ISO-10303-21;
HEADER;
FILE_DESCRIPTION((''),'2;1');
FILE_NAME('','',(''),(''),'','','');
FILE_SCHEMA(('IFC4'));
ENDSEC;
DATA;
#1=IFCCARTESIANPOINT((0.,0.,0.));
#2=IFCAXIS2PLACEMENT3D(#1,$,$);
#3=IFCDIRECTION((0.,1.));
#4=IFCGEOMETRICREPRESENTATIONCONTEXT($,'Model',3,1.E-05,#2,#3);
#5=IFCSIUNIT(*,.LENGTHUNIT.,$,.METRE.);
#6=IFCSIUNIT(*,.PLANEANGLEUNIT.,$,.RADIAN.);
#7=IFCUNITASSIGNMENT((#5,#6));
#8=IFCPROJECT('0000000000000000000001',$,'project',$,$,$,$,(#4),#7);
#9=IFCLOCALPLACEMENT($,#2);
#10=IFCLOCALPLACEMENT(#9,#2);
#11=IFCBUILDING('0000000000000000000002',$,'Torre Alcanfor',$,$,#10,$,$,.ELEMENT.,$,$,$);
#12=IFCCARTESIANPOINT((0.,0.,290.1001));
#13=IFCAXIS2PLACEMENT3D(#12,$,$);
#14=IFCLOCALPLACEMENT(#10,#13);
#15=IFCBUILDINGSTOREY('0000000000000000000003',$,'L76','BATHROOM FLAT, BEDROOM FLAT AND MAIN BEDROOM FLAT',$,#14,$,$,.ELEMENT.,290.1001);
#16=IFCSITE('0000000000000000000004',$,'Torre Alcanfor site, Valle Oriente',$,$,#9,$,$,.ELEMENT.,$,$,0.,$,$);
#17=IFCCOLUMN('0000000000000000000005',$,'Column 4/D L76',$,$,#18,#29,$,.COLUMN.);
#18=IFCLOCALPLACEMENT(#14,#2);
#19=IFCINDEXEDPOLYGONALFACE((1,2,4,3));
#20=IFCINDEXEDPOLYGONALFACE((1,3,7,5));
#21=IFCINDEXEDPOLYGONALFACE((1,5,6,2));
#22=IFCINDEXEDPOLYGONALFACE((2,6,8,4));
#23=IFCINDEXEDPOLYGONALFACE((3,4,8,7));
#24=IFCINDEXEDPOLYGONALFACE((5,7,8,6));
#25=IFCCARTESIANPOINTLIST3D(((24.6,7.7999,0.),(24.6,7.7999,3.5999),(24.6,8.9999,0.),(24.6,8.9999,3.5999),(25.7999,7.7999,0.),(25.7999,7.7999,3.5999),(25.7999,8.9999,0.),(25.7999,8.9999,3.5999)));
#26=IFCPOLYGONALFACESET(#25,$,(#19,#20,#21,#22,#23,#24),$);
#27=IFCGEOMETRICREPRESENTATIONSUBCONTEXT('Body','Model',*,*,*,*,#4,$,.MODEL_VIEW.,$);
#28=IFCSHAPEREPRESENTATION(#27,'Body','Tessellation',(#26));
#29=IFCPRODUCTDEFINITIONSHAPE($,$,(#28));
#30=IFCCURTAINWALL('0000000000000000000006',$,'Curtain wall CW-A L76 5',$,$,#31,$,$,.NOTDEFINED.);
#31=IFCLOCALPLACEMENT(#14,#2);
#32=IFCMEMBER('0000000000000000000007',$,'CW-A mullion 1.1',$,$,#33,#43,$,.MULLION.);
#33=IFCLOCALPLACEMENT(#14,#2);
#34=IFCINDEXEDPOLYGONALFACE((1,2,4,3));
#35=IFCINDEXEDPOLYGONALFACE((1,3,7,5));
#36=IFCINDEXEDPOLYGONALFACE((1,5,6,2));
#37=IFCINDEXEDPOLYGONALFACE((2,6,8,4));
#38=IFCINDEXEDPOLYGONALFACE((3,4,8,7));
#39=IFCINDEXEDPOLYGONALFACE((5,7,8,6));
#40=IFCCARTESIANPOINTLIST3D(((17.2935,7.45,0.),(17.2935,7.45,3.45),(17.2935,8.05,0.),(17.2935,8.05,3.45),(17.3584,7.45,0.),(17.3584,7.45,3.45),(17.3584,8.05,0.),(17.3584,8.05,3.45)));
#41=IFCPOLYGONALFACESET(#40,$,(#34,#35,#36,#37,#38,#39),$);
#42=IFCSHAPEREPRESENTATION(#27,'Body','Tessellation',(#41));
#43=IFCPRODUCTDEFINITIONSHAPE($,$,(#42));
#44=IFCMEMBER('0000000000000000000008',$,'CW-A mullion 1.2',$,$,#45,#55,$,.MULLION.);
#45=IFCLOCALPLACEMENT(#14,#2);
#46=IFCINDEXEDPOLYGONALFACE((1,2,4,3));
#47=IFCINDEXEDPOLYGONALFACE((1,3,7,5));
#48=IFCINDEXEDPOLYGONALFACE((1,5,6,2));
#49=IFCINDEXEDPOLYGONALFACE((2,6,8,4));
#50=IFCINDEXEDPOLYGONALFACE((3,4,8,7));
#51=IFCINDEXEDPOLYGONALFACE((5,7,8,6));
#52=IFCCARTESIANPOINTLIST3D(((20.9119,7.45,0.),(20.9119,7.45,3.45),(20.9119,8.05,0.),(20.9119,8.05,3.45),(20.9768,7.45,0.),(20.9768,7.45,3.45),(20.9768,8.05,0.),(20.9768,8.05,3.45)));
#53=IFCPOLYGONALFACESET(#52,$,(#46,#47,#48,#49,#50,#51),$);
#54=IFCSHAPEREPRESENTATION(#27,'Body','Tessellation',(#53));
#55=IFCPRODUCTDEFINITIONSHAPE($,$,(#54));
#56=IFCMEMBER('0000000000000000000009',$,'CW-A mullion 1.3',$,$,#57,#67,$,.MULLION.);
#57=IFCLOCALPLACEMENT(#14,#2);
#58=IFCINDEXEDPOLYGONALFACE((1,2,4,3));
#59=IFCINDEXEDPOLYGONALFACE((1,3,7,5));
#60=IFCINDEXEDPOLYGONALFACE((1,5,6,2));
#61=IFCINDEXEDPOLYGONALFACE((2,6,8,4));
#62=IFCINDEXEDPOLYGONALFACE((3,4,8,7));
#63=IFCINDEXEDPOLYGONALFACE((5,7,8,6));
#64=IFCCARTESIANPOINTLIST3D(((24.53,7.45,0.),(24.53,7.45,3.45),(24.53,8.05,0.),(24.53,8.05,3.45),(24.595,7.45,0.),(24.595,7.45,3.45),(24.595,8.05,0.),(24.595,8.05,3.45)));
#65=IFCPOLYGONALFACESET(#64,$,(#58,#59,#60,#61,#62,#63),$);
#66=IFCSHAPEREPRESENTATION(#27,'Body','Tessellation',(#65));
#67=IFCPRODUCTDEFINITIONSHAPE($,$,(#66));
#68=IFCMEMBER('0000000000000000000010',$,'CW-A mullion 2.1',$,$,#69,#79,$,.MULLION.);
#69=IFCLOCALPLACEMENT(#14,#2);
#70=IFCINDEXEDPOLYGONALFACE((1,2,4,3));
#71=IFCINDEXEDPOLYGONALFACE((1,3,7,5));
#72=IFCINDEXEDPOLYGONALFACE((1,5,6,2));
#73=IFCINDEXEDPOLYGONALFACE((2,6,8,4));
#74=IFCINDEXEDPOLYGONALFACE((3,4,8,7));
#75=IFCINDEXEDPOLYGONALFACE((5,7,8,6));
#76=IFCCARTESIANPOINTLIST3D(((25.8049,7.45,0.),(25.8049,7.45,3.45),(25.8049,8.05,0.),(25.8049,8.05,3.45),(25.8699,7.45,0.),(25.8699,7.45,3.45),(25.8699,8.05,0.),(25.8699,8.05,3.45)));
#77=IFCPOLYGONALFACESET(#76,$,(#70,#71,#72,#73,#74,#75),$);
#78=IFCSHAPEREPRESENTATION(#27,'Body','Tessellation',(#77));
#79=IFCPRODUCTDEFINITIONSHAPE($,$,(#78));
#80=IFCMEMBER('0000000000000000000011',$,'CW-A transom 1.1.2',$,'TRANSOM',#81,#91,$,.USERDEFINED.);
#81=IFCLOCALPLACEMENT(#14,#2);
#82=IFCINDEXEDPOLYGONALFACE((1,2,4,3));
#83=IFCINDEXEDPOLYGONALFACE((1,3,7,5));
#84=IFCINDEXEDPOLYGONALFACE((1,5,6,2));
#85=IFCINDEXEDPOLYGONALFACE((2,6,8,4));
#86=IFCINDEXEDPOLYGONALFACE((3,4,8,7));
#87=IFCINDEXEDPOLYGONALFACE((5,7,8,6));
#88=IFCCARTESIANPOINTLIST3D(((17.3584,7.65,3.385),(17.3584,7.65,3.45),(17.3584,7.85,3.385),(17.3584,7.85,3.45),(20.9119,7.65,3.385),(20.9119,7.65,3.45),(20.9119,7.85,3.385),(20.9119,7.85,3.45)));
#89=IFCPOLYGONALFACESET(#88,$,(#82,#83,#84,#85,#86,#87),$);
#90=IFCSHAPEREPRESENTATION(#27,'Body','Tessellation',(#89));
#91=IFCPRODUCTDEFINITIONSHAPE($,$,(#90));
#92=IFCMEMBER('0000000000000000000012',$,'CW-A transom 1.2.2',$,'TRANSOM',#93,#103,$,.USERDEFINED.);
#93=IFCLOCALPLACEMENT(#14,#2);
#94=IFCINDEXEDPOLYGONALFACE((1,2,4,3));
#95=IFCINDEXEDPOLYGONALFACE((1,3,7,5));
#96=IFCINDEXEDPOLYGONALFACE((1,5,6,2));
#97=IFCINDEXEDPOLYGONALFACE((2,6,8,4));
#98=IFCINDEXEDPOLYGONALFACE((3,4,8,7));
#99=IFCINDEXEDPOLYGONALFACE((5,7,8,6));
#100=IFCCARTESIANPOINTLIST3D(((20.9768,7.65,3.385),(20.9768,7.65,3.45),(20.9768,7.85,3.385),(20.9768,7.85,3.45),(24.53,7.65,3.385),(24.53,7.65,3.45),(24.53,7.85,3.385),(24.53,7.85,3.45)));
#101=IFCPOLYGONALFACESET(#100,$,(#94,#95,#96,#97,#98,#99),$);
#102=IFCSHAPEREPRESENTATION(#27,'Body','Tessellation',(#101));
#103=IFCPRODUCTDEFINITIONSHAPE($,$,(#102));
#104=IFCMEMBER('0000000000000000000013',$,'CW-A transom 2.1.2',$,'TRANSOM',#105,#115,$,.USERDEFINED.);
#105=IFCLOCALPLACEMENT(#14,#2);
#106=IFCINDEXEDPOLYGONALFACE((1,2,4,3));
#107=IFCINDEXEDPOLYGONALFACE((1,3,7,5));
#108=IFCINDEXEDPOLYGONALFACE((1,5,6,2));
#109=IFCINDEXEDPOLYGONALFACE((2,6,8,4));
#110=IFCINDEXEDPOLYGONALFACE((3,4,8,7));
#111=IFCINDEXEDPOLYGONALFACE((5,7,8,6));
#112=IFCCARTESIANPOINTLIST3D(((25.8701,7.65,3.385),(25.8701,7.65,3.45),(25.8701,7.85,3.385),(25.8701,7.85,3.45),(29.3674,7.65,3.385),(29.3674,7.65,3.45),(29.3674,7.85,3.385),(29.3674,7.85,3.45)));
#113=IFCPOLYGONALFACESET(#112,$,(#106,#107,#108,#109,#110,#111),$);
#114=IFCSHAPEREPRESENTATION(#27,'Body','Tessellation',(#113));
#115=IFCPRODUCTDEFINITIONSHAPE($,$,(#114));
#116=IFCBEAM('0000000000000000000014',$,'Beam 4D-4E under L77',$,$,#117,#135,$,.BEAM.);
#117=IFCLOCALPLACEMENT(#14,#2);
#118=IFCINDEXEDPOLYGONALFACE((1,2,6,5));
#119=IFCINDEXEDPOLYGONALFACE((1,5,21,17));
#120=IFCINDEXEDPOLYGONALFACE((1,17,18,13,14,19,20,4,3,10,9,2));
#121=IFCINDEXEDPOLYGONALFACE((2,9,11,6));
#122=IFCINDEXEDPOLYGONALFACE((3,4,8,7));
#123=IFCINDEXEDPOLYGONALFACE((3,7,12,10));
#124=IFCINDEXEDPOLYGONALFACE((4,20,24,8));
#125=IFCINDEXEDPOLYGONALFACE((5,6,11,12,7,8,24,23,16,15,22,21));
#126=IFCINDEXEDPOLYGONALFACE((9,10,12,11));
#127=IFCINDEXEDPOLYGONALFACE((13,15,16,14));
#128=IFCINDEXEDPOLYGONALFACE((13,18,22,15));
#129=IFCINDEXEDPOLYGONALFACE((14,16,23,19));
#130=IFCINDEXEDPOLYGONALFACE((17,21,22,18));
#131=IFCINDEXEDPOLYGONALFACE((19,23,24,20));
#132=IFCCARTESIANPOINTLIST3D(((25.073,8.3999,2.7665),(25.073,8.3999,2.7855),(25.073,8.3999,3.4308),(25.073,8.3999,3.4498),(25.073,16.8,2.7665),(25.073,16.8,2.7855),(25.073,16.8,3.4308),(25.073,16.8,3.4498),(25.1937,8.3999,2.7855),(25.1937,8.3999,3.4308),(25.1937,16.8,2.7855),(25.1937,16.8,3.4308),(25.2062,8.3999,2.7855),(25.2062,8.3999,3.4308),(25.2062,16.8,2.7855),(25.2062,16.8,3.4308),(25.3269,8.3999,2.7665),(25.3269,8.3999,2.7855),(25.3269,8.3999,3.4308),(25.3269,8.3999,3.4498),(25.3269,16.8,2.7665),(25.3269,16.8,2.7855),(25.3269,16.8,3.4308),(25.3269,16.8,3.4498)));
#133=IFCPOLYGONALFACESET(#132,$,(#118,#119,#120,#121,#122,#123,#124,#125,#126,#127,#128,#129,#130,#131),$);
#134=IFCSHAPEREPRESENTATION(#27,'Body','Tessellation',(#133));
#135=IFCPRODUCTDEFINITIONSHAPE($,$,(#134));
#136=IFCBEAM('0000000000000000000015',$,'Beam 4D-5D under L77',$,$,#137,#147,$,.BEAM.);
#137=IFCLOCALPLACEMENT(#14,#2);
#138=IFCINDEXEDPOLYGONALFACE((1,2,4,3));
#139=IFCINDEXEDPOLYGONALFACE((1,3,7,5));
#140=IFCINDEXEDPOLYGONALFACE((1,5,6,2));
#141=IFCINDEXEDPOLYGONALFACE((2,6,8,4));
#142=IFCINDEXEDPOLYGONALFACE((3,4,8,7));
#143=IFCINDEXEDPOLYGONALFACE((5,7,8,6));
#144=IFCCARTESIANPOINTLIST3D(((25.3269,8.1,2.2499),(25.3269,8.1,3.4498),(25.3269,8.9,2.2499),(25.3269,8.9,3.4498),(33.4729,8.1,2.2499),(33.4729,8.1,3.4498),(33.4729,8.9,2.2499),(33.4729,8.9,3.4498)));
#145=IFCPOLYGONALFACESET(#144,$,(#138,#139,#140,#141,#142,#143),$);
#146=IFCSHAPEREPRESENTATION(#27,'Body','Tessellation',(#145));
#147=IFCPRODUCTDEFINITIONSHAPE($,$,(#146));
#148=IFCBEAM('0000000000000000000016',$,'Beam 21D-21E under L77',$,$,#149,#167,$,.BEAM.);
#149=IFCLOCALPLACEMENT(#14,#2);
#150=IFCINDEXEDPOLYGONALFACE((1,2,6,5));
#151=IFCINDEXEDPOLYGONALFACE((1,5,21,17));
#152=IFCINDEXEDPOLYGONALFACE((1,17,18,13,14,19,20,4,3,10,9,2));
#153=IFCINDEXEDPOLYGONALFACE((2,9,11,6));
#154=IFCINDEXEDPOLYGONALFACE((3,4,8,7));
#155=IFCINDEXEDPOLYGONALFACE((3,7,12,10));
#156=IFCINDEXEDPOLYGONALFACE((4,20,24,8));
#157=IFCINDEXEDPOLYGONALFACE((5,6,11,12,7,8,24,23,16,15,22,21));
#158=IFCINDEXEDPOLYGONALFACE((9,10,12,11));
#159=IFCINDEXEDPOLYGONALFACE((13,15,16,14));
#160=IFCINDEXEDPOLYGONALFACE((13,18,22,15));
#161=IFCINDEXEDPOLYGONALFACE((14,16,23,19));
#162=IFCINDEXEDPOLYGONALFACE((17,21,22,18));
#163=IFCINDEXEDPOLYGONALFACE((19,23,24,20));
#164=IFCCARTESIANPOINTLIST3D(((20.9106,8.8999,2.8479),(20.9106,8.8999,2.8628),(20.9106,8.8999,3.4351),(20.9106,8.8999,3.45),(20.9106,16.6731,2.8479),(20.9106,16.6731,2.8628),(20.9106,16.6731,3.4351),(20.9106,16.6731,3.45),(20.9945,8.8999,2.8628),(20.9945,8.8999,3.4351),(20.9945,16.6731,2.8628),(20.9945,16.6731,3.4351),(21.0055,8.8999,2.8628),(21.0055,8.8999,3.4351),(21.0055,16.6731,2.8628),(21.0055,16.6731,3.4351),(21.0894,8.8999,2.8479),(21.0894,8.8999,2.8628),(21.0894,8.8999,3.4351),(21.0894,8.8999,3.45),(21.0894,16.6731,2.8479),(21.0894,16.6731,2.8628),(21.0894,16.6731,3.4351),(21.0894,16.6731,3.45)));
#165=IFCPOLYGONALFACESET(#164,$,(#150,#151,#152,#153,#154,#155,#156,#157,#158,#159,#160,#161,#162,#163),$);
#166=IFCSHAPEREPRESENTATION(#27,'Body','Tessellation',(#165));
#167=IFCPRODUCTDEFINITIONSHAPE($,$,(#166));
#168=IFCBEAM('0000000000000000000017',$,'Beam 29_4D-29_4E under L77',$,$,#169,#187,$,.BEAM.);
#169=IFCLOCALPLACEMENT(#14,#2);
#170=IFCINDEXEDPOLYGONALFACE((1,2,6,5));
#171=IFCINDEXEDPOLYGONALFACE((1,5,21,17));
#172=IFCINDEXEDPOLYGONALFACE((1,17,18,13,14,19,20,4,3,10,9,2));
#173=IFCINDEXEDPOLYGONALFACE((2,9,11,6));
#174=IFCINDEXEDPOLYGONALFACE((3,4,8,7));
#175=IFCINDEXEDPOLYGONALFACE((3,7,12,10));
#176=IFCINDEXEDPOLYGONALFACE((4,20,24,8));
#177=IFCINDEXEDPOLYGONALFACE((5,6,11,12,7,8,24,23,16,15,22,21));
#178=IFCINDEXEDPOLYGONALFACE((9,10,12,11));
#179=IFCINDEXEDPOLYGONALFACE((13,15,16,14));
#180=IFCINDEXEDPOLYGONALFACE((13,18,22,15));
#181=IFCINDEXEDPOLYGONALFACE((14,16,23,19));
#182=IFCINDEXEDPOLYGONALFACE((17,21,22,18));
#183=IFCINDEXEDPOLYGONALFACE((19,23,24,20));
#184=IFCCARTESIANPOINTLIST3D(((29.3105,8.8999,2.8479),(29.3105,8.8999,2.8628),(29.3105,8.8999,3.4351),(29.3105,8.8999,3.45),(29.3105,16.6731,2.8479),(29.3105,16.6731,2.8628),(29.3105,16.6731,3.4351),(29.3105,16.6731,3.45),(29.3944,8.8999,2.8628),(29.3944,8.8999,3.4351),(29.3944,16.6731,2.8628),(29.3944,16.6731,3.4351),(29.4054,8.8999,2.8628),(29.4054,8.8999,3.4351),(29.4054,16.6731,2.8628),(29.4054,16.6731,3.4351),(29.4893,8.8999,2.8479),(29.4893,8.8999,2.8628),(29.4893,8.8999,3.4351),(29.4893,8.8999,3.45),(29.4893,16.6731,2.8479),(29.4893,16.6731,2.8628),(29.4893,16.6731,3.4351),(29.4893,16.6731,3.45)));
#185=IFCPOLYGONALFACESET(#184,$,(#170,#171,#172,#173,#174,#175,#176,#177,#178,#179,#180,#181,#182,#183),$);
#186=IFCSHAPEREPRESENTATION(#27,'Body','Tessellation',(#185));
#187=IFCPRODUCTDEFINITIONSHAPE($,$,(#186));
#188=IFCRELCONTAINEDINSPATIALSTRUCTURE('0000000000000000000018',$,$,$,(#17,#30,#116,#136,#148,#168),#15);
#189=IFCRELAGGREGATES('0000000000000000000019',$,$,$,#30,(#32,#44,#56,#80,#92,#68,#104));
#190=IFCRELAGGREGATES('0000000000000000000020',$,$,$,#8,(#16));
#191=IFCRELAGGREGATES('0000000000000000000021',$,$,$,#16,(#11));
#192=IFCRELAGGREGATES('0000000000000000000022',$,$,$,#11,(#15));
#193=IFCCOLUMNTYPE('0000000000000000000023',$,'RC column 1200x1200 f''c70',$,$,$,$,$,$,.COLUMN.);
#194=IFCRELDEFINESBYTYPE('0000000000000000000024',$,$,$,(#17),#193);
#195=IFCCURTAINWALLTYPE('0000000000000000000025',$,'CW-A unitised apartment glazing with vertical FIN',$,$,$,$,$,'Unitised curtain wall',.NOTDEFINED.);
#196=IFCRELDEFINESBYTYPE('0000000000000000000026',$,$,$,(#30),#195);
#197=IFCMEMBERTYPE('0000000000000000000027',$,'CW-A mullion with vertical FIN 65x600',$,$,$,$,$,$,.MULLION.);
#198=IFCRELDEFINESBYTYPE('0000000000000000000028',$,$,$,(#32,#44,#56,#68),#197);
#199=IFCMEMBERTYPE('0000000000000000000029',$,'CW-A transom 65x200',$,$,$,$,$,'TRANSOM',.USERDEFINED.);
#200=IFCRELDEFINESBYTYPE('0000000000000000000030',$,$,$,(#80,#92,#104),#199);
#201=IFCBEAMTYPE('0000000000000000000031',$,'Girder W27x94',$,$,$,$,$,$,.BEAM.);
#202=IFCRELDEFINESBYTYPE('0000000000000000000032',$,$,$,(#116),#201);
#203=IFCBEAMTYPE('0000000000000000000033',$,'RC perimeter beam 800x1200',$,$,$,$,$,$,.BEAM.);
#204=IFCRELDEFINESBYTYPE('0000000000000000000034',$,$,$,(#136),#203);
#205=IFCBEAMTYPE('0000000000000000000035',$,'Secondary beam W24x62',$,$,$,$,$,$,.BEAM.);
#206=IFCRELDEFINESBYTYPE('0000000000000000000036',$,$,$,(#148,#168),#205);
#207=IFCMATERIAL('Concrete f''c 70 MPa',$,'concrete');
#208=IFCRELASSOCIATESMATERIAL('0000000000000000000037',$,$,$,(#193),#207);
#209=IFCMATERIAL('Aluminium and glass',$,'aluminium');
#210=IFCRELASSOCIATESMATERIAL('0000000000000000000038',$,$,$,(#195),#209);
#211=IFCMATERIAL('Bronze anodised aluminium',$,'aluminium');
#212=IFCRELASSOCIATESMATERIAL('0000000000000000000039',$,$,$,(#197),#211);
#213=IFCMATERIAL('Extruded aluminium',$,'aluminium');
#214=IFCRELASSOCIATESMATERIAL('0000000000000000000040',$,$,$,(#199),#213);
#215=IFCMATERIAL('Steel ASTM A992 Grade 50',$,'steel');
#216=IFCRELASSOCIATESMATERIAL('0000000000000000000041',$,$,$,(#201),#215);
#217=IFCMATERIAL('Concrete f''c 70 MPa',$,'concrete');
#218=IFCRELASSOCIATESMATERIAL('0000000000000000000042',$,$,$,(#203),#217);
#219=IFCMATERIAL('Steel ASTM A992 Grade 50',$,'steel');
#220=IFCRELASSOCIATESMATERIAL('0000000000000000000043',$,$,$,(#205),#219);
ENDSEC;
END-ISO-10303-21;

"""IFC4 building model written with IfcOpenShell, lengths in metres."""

from ifc_helpers import new_model, si_unit, direction, frame, origin, origin_2d, place, context, subcontext, project, spatial, rectangle, i_section, extrude, material, material_profile, profile_set, type_object, element, aggregate, save


model = new_model("IFC4")

# Units and contexts
model_context = context("Model", 3, precision=1e-05, world=origin(), true_north=direction((0.0, 1.0)))
body_context = subcontext(model_context, "Body", "Model", "MODEL_VIEW")
ifc_project = project(units=[si_unit("LENGTHUNIT", "METRE"), si_unit("PLANEANGLEUNIT", "RADIAN")], contexts=[model_context])

# Site, building, storey
site_placement = place(None, origin())
site = spatial("IfcSite", under=ifc_project, at=site_placement, Name="Torre Alcanfor site, Valle Oriente", CompositionType="ELEMENT", RefElevation=0.0)
building_placement = place(site_placement, origin())
building = spatial("IfcBuilding", under=site, at=building_placement, Name="Torre Alcanfor", CompositionType="ELEMENT")
storey_placement = place(building_placement, frame((0.0, 0.0, 290.1001)))
storey = spatial("IfcBuildingStorey", under=building, at=storey_placement, Name="L76", Description="BATHROOM FLAT, BEDROOM FLAT AND MAIN BEDROOM FLAT", CompositionType="ELEMENT", Elevation=290.1001)

# Column
ifc_material_1 = material(Name="Concrete f'c 70 MPa", Category="concrete")
ifc_material_profile_1 = material_profile(ifc_material_1, rectangle(XDim=1.2, YDim=1.2, at=origin_2d()), Name="1200x1200")
ifc_profile_set_1 = profile_set([ifc_material_profile_1], Name="Concrete f'c 70 MPa")
column_type = type_object("IfcColumnType", Name="RC column 1200x1200 f'c70", PredefinedType="COLUMN", material=ifc_profile_set_1)
column_placement = place(storey_placement, frame((25.2, 8.3999, 0.0), z_axis=(0.0, 0.0, 1.0), x_axis=(1.0, 0.0, 0.0)))
element("IfcColumn", 1, at=column_placement, inside=storey, type_object=column_type, Name="Column 4/D L76", PredefinedType="COLUMN", context=body_context, shape_type="SweptSolid", body=[
    extrude(rectangle(XDim=1.2, YDim=1.2, at=origin_2d()), origin(), (0.0, 0.0, 1.0), 3.5999),
])

# Curtain wall, members
ifc_material_2 = material(Name="Aluminium and glass", Category="aluminium")
curtain_wall_type = type_object("IfcCurtainWallType", Name="CW-A unitised apartment glazing with vertical FIN", ElementType="Unitised curtain wall", PredefinedType="NOTDEFINED", material=ifc_material_2)
curtain_wall_placement = place(storey_placement, origin())
curtain_wall = element("IfcCurtainWall", 2, at=curtain_wall_placement, inside=storey, type_object=curtain_wall_type, Name="Curtain wall CW-A L76 5", PredefinedType="NOTDEFINED")
ifc_material_3 = material(Name="Bronze anodised aluminium", Category="aluminium")
ifc_material_profile_2 = material_profile(ifc_material_3, rectangle(XDim=0.6001, YDim=0.0649, at=origin_2d()), Name="CW-A mullion 65x600")
ifc_profile_set_2 = profile_set([ifc_material_profile_2], Name="Bronze anodised aluminium")
member_type_1 = type_object("IfcMemberType", Name="CW-A mullion with vertical FIN 65x600", PredefinedType="MULLION", material=ifc_profile_set_2)
member_1_placement = place(storey_placement, frame((17.3259, 7.75, 0.0), z_axis=(0.0, 0.0, 1.0), x_axis=(0.0, 1.0, 0.0)))
member_1 = element("IfcMember", 3, at=member_1_placement, type_object=member_type_1, Name="CW-A mullion 1.1", PredefinedType="MULLION", context=body_context, shape_type="SweptSolid", body=[
    extrude(rectangle(XDim=0.6001, YDim=0.0649, at=origin_2d()), origin(), (0.0, 0.0, 1.0), 3.45),
])
member_2_placement = place(storey_placement, frame((20.9443, 7.75, 0.0), z_axis=(0.0, 0.0, 1.0), x_axis=(0.0, 1.0, 0.0)))
member_2 = element("IfcMember", 4, at=member_2_placement, type_object=member_type_1, Name="CW-A mullion 1.2", PredefinedType="MULLION", context=body_context, shape_type="SweptSolid", body=[
    extrude(rectangle(XDim=0.6001, YDim=0.0649, at=origin_2d()), origin(), (0.0, 0.0, 1.0), 3.45),
])
member_3_placement = place(storey_placement, frame((24.5625, 7.75, 0.0), z_axis=(0.0, 0.0, 1.0), x_axis=(0.0, 1.0, 0.0)))
member_3 = element("IfcMember", 5, at=member_3_placement, type_object=member_type_1, Name="CW-A mullion 1.3", PredefinedType="MULLION", context=body_context, shape_type="SweptSolid", body=[
    extrude(rectangle(XDim=0.6001, YDim=0.0649, at=origin_2d()), origin(), (0.0, 0.0, 1.0), 3.45),
])
member_4_placement = place(storey_placement, frame((25.8374, 7.75, 0.0), z_axis=(0.0, 0.0, 1.0), x_axis=(0.0, 1.0, 0.0)))
member_4 = element("IfcMember", 6, at=member_4_placement, type_object=member_type_1, Name="CW-A mullion 2.1", PredefinedType="MULLION", context=body_context, shape_type="SweptSolid", body=[
    extrude(rectangle(XDim=0.6001, YDim=0.0649, at=origin_2d()), origin(), (0.0, 0.0, 1.0), 3.45),
])
ifc_material_4 = material(Name="Extruded aluminium", Category="aluminium")
ifc_material_profile_3 = material_profile(ifc_material_4, rectangle(XDim=0.2, YDim=0.0649, at=origin_2d()), Name="CW-A transom 200x65")
ifc_profile_set_3 = profile_set([ifc_material_profile_3], Name="Extruded aluminium")
member_type_2 = type_object("IfcMemberType", Name="CW-A transom 65x200", ElementType="TRANSOM", PredefinedType="USERDEFINED", material=ifc_profile_set_3)
member_5_placement = place(storey_placement, frame((17.3584, 7.75, 3.4175), z_axis=(1.0, 0.0, 0.0), x_axis=(0.0, 1.0, 0.0)))
member_5 = element("IfcMember", 7, at=member_5_placement, type_object=member_type_2, Name="CW-A transom 1.1.2", ObjectType="TRANSOM", PredefinedType="USERDEFINED", context=body_context, shape_type="SweptSolid", body=[
    extrude(rectangle(XDim=0.2, YDim=0.0649, at=origin_2d()), origin(), (0.0, 0.0, 1.0), 3.5535),
])
member_6_placement = place(storey_placement, frame((20.9768, 7.75, 3.4175), z_axis=(1.0, 0.0, 0.0), x_axis=(0.0, 1.0, 0.0)))
member_6 = element("IfcMember", 8, at=member_6_placement, type_object=member_type_2, Name="CW-A transom 1.2.2", ObjectType="TRANSOM", PredefinedType="USERDEFINED", context=body_context, shape_type="SweptSolid", body=[
    extrude(rectangle(XDim=0.2, YDim=0.0649, at=origin_2d()), origin(), (0.0, 0.0, 1.0), 3.5532),
])
member_7_placement = place(storey_placement, frame((25.8701, 7.75, 3.4175), z_axis=(1.0, 0.0, 0.0), x_axis=(0.0, 1.0, 0.0)))
member_7 = element("IfcMember", 9, at=member_7_placement, type_object=member_type_2, Name="CW-A transom 2.1.2", ObjectType="TRANSOM", PredefinedType="USERDEFINED", context=body_context, shape_type="SweptSolid", body=[
    extrude(rectangle(XDim=0.2, YDim=0.0649, at=origin_2d()), origin(), (0.0, 0.0, 1.0), 3.4973),
])

# Beams
ifc_material_5 = material(Name="Steel ASTM A992 Grade 50", Category="steel")
ifc_material_profile_4 = material_profile(ifc_material_5, i_section(OverallWidth=0.2539, OverallDepth=0.6833, WebThickness=0.0125, FlangeThickness=0.019, at=origin_2d()), Name="W27x94")
ifc_profile_set_4 = profile_set([ifc_material_profile_4], Name="Steel ASTM A992 Grade 50")
beam_type_1 = type_object("IfcBeamType", Name="Girder W27x94", PredefinedType="BEAM", material=ifc_profile_set_4)
beam_1_placement = place(storey_placement, frame((25.2, 8.3999, 3.1082), z_axis=(0.0, 1.0, 0.0), x_axis=(-1.0, 0.0, 0.0)))
element("IfcBeam", 10, at=beam_1_placement, inside=storey, type_object=beam_type_1, Name="Beam 4D-4E under L77", PredefinedType="BEAM", context=body_context, shape_type="SweptSolid", body=[
    extrude(i_section(OverallWidth=0.2539, OverallDepth=0.6833, WebThickness=0.0125, FlangeThickness=0.019, at=origin_2d()), origin(), (0.0, 0.0, 1.0), 8.4001),
])
ifc_material_6 = material(Name="Concrete f'c 70 MPa", Category="concrete")
ifc_material_profile_5 = material_profile(ifc_material_6, rectangle(XDim=0.8, YDim=1.2, at=origin_2d()), Name="800x1200")
ifc_profile_set_5 = profile_set([ifc_material_profile_5], Name="Concrete f'c 70 MPa")
beam_type_2 = type_object("IfcBeamType", Name="RC perimeter beam 800x1200", PredefinedType="BEAM", material=ifc_profile_set_5)
beam_2_placement = place(storey_placement, frame((25.3269, 8.5, 2.8499), z_axis=(1.0, 0.0, 0.0), x_axis=(0.0, 1.0, 0.0)))
element("IfcBeam", 11, at=beam_2_placement, inside=storey, type_object=beam_type_2, Name="Beam 4D-5D under L77", PredefinedType="BEAM", context=body_context, shape_type="SweptSolid", body=[
    extrude(rectangle(XDim=0.8, YDim=1.2, at=origin_2d()), origin(), (0.0, 0.0, 1.0), 8.146),
])
ifc_material_7 = material(Name="Steel ASTM A992 Grade 50", Category="steel")
ifc_material_profile_6 = material_profile(ifc_material_7, i_section(OverallWidth=0.1787, OverallDepth=0.6021, WebThickness=0.011, FlangeThickness=0.0149, at=origin_2d()), Name="W24x62")
ifc_profile_set_6 = profile_set([ifc_material_profile_6], Name="Steel ASTM A992 Grade 50")
beam_type_3 = type_object("IfcBeamType", Name="Secondary beam W24x62", PredefinedType="BEAM", material=ifc_profile_set_6)
for number, where, z_axis, x_axis, name in (
    (12, (21.0, 8.8999, 3.1489), (0.0, 1.0, 0.0), (-1.0, 0.0, 0.0), "Beam 21D-21E under L77"),
    (13, (29.3999, 8.8999, 3.1489), (0.0, 1.0, 0.0), (-1.0, 0.0, 0.0), "Beam 29_4D-29_4E under L77"),
):
    element("IfcBeam", number, at=place(storey_placement, frame(where, z_axis=z_axis, x_axis=x_axis)), inside=storey, type_object=beam_type_3, Name=name, PredefinedType="BEAM", context=body_context, shape_type="SweptSolid", body=[
        extrude(i_section(OverallWidth=0.1787, OverallDepth=0.6021, WebThickness=0.011, FlangeThickness=0.0149, at=origin_2d()), origin(), (0.0, 0.0, 1.0), 7.7732),
    ])

aggregate(curtain_wall, [member_1, member_2, member_3, member_5, member_6, member_4, member_7])

save(model, "model.ifc")
